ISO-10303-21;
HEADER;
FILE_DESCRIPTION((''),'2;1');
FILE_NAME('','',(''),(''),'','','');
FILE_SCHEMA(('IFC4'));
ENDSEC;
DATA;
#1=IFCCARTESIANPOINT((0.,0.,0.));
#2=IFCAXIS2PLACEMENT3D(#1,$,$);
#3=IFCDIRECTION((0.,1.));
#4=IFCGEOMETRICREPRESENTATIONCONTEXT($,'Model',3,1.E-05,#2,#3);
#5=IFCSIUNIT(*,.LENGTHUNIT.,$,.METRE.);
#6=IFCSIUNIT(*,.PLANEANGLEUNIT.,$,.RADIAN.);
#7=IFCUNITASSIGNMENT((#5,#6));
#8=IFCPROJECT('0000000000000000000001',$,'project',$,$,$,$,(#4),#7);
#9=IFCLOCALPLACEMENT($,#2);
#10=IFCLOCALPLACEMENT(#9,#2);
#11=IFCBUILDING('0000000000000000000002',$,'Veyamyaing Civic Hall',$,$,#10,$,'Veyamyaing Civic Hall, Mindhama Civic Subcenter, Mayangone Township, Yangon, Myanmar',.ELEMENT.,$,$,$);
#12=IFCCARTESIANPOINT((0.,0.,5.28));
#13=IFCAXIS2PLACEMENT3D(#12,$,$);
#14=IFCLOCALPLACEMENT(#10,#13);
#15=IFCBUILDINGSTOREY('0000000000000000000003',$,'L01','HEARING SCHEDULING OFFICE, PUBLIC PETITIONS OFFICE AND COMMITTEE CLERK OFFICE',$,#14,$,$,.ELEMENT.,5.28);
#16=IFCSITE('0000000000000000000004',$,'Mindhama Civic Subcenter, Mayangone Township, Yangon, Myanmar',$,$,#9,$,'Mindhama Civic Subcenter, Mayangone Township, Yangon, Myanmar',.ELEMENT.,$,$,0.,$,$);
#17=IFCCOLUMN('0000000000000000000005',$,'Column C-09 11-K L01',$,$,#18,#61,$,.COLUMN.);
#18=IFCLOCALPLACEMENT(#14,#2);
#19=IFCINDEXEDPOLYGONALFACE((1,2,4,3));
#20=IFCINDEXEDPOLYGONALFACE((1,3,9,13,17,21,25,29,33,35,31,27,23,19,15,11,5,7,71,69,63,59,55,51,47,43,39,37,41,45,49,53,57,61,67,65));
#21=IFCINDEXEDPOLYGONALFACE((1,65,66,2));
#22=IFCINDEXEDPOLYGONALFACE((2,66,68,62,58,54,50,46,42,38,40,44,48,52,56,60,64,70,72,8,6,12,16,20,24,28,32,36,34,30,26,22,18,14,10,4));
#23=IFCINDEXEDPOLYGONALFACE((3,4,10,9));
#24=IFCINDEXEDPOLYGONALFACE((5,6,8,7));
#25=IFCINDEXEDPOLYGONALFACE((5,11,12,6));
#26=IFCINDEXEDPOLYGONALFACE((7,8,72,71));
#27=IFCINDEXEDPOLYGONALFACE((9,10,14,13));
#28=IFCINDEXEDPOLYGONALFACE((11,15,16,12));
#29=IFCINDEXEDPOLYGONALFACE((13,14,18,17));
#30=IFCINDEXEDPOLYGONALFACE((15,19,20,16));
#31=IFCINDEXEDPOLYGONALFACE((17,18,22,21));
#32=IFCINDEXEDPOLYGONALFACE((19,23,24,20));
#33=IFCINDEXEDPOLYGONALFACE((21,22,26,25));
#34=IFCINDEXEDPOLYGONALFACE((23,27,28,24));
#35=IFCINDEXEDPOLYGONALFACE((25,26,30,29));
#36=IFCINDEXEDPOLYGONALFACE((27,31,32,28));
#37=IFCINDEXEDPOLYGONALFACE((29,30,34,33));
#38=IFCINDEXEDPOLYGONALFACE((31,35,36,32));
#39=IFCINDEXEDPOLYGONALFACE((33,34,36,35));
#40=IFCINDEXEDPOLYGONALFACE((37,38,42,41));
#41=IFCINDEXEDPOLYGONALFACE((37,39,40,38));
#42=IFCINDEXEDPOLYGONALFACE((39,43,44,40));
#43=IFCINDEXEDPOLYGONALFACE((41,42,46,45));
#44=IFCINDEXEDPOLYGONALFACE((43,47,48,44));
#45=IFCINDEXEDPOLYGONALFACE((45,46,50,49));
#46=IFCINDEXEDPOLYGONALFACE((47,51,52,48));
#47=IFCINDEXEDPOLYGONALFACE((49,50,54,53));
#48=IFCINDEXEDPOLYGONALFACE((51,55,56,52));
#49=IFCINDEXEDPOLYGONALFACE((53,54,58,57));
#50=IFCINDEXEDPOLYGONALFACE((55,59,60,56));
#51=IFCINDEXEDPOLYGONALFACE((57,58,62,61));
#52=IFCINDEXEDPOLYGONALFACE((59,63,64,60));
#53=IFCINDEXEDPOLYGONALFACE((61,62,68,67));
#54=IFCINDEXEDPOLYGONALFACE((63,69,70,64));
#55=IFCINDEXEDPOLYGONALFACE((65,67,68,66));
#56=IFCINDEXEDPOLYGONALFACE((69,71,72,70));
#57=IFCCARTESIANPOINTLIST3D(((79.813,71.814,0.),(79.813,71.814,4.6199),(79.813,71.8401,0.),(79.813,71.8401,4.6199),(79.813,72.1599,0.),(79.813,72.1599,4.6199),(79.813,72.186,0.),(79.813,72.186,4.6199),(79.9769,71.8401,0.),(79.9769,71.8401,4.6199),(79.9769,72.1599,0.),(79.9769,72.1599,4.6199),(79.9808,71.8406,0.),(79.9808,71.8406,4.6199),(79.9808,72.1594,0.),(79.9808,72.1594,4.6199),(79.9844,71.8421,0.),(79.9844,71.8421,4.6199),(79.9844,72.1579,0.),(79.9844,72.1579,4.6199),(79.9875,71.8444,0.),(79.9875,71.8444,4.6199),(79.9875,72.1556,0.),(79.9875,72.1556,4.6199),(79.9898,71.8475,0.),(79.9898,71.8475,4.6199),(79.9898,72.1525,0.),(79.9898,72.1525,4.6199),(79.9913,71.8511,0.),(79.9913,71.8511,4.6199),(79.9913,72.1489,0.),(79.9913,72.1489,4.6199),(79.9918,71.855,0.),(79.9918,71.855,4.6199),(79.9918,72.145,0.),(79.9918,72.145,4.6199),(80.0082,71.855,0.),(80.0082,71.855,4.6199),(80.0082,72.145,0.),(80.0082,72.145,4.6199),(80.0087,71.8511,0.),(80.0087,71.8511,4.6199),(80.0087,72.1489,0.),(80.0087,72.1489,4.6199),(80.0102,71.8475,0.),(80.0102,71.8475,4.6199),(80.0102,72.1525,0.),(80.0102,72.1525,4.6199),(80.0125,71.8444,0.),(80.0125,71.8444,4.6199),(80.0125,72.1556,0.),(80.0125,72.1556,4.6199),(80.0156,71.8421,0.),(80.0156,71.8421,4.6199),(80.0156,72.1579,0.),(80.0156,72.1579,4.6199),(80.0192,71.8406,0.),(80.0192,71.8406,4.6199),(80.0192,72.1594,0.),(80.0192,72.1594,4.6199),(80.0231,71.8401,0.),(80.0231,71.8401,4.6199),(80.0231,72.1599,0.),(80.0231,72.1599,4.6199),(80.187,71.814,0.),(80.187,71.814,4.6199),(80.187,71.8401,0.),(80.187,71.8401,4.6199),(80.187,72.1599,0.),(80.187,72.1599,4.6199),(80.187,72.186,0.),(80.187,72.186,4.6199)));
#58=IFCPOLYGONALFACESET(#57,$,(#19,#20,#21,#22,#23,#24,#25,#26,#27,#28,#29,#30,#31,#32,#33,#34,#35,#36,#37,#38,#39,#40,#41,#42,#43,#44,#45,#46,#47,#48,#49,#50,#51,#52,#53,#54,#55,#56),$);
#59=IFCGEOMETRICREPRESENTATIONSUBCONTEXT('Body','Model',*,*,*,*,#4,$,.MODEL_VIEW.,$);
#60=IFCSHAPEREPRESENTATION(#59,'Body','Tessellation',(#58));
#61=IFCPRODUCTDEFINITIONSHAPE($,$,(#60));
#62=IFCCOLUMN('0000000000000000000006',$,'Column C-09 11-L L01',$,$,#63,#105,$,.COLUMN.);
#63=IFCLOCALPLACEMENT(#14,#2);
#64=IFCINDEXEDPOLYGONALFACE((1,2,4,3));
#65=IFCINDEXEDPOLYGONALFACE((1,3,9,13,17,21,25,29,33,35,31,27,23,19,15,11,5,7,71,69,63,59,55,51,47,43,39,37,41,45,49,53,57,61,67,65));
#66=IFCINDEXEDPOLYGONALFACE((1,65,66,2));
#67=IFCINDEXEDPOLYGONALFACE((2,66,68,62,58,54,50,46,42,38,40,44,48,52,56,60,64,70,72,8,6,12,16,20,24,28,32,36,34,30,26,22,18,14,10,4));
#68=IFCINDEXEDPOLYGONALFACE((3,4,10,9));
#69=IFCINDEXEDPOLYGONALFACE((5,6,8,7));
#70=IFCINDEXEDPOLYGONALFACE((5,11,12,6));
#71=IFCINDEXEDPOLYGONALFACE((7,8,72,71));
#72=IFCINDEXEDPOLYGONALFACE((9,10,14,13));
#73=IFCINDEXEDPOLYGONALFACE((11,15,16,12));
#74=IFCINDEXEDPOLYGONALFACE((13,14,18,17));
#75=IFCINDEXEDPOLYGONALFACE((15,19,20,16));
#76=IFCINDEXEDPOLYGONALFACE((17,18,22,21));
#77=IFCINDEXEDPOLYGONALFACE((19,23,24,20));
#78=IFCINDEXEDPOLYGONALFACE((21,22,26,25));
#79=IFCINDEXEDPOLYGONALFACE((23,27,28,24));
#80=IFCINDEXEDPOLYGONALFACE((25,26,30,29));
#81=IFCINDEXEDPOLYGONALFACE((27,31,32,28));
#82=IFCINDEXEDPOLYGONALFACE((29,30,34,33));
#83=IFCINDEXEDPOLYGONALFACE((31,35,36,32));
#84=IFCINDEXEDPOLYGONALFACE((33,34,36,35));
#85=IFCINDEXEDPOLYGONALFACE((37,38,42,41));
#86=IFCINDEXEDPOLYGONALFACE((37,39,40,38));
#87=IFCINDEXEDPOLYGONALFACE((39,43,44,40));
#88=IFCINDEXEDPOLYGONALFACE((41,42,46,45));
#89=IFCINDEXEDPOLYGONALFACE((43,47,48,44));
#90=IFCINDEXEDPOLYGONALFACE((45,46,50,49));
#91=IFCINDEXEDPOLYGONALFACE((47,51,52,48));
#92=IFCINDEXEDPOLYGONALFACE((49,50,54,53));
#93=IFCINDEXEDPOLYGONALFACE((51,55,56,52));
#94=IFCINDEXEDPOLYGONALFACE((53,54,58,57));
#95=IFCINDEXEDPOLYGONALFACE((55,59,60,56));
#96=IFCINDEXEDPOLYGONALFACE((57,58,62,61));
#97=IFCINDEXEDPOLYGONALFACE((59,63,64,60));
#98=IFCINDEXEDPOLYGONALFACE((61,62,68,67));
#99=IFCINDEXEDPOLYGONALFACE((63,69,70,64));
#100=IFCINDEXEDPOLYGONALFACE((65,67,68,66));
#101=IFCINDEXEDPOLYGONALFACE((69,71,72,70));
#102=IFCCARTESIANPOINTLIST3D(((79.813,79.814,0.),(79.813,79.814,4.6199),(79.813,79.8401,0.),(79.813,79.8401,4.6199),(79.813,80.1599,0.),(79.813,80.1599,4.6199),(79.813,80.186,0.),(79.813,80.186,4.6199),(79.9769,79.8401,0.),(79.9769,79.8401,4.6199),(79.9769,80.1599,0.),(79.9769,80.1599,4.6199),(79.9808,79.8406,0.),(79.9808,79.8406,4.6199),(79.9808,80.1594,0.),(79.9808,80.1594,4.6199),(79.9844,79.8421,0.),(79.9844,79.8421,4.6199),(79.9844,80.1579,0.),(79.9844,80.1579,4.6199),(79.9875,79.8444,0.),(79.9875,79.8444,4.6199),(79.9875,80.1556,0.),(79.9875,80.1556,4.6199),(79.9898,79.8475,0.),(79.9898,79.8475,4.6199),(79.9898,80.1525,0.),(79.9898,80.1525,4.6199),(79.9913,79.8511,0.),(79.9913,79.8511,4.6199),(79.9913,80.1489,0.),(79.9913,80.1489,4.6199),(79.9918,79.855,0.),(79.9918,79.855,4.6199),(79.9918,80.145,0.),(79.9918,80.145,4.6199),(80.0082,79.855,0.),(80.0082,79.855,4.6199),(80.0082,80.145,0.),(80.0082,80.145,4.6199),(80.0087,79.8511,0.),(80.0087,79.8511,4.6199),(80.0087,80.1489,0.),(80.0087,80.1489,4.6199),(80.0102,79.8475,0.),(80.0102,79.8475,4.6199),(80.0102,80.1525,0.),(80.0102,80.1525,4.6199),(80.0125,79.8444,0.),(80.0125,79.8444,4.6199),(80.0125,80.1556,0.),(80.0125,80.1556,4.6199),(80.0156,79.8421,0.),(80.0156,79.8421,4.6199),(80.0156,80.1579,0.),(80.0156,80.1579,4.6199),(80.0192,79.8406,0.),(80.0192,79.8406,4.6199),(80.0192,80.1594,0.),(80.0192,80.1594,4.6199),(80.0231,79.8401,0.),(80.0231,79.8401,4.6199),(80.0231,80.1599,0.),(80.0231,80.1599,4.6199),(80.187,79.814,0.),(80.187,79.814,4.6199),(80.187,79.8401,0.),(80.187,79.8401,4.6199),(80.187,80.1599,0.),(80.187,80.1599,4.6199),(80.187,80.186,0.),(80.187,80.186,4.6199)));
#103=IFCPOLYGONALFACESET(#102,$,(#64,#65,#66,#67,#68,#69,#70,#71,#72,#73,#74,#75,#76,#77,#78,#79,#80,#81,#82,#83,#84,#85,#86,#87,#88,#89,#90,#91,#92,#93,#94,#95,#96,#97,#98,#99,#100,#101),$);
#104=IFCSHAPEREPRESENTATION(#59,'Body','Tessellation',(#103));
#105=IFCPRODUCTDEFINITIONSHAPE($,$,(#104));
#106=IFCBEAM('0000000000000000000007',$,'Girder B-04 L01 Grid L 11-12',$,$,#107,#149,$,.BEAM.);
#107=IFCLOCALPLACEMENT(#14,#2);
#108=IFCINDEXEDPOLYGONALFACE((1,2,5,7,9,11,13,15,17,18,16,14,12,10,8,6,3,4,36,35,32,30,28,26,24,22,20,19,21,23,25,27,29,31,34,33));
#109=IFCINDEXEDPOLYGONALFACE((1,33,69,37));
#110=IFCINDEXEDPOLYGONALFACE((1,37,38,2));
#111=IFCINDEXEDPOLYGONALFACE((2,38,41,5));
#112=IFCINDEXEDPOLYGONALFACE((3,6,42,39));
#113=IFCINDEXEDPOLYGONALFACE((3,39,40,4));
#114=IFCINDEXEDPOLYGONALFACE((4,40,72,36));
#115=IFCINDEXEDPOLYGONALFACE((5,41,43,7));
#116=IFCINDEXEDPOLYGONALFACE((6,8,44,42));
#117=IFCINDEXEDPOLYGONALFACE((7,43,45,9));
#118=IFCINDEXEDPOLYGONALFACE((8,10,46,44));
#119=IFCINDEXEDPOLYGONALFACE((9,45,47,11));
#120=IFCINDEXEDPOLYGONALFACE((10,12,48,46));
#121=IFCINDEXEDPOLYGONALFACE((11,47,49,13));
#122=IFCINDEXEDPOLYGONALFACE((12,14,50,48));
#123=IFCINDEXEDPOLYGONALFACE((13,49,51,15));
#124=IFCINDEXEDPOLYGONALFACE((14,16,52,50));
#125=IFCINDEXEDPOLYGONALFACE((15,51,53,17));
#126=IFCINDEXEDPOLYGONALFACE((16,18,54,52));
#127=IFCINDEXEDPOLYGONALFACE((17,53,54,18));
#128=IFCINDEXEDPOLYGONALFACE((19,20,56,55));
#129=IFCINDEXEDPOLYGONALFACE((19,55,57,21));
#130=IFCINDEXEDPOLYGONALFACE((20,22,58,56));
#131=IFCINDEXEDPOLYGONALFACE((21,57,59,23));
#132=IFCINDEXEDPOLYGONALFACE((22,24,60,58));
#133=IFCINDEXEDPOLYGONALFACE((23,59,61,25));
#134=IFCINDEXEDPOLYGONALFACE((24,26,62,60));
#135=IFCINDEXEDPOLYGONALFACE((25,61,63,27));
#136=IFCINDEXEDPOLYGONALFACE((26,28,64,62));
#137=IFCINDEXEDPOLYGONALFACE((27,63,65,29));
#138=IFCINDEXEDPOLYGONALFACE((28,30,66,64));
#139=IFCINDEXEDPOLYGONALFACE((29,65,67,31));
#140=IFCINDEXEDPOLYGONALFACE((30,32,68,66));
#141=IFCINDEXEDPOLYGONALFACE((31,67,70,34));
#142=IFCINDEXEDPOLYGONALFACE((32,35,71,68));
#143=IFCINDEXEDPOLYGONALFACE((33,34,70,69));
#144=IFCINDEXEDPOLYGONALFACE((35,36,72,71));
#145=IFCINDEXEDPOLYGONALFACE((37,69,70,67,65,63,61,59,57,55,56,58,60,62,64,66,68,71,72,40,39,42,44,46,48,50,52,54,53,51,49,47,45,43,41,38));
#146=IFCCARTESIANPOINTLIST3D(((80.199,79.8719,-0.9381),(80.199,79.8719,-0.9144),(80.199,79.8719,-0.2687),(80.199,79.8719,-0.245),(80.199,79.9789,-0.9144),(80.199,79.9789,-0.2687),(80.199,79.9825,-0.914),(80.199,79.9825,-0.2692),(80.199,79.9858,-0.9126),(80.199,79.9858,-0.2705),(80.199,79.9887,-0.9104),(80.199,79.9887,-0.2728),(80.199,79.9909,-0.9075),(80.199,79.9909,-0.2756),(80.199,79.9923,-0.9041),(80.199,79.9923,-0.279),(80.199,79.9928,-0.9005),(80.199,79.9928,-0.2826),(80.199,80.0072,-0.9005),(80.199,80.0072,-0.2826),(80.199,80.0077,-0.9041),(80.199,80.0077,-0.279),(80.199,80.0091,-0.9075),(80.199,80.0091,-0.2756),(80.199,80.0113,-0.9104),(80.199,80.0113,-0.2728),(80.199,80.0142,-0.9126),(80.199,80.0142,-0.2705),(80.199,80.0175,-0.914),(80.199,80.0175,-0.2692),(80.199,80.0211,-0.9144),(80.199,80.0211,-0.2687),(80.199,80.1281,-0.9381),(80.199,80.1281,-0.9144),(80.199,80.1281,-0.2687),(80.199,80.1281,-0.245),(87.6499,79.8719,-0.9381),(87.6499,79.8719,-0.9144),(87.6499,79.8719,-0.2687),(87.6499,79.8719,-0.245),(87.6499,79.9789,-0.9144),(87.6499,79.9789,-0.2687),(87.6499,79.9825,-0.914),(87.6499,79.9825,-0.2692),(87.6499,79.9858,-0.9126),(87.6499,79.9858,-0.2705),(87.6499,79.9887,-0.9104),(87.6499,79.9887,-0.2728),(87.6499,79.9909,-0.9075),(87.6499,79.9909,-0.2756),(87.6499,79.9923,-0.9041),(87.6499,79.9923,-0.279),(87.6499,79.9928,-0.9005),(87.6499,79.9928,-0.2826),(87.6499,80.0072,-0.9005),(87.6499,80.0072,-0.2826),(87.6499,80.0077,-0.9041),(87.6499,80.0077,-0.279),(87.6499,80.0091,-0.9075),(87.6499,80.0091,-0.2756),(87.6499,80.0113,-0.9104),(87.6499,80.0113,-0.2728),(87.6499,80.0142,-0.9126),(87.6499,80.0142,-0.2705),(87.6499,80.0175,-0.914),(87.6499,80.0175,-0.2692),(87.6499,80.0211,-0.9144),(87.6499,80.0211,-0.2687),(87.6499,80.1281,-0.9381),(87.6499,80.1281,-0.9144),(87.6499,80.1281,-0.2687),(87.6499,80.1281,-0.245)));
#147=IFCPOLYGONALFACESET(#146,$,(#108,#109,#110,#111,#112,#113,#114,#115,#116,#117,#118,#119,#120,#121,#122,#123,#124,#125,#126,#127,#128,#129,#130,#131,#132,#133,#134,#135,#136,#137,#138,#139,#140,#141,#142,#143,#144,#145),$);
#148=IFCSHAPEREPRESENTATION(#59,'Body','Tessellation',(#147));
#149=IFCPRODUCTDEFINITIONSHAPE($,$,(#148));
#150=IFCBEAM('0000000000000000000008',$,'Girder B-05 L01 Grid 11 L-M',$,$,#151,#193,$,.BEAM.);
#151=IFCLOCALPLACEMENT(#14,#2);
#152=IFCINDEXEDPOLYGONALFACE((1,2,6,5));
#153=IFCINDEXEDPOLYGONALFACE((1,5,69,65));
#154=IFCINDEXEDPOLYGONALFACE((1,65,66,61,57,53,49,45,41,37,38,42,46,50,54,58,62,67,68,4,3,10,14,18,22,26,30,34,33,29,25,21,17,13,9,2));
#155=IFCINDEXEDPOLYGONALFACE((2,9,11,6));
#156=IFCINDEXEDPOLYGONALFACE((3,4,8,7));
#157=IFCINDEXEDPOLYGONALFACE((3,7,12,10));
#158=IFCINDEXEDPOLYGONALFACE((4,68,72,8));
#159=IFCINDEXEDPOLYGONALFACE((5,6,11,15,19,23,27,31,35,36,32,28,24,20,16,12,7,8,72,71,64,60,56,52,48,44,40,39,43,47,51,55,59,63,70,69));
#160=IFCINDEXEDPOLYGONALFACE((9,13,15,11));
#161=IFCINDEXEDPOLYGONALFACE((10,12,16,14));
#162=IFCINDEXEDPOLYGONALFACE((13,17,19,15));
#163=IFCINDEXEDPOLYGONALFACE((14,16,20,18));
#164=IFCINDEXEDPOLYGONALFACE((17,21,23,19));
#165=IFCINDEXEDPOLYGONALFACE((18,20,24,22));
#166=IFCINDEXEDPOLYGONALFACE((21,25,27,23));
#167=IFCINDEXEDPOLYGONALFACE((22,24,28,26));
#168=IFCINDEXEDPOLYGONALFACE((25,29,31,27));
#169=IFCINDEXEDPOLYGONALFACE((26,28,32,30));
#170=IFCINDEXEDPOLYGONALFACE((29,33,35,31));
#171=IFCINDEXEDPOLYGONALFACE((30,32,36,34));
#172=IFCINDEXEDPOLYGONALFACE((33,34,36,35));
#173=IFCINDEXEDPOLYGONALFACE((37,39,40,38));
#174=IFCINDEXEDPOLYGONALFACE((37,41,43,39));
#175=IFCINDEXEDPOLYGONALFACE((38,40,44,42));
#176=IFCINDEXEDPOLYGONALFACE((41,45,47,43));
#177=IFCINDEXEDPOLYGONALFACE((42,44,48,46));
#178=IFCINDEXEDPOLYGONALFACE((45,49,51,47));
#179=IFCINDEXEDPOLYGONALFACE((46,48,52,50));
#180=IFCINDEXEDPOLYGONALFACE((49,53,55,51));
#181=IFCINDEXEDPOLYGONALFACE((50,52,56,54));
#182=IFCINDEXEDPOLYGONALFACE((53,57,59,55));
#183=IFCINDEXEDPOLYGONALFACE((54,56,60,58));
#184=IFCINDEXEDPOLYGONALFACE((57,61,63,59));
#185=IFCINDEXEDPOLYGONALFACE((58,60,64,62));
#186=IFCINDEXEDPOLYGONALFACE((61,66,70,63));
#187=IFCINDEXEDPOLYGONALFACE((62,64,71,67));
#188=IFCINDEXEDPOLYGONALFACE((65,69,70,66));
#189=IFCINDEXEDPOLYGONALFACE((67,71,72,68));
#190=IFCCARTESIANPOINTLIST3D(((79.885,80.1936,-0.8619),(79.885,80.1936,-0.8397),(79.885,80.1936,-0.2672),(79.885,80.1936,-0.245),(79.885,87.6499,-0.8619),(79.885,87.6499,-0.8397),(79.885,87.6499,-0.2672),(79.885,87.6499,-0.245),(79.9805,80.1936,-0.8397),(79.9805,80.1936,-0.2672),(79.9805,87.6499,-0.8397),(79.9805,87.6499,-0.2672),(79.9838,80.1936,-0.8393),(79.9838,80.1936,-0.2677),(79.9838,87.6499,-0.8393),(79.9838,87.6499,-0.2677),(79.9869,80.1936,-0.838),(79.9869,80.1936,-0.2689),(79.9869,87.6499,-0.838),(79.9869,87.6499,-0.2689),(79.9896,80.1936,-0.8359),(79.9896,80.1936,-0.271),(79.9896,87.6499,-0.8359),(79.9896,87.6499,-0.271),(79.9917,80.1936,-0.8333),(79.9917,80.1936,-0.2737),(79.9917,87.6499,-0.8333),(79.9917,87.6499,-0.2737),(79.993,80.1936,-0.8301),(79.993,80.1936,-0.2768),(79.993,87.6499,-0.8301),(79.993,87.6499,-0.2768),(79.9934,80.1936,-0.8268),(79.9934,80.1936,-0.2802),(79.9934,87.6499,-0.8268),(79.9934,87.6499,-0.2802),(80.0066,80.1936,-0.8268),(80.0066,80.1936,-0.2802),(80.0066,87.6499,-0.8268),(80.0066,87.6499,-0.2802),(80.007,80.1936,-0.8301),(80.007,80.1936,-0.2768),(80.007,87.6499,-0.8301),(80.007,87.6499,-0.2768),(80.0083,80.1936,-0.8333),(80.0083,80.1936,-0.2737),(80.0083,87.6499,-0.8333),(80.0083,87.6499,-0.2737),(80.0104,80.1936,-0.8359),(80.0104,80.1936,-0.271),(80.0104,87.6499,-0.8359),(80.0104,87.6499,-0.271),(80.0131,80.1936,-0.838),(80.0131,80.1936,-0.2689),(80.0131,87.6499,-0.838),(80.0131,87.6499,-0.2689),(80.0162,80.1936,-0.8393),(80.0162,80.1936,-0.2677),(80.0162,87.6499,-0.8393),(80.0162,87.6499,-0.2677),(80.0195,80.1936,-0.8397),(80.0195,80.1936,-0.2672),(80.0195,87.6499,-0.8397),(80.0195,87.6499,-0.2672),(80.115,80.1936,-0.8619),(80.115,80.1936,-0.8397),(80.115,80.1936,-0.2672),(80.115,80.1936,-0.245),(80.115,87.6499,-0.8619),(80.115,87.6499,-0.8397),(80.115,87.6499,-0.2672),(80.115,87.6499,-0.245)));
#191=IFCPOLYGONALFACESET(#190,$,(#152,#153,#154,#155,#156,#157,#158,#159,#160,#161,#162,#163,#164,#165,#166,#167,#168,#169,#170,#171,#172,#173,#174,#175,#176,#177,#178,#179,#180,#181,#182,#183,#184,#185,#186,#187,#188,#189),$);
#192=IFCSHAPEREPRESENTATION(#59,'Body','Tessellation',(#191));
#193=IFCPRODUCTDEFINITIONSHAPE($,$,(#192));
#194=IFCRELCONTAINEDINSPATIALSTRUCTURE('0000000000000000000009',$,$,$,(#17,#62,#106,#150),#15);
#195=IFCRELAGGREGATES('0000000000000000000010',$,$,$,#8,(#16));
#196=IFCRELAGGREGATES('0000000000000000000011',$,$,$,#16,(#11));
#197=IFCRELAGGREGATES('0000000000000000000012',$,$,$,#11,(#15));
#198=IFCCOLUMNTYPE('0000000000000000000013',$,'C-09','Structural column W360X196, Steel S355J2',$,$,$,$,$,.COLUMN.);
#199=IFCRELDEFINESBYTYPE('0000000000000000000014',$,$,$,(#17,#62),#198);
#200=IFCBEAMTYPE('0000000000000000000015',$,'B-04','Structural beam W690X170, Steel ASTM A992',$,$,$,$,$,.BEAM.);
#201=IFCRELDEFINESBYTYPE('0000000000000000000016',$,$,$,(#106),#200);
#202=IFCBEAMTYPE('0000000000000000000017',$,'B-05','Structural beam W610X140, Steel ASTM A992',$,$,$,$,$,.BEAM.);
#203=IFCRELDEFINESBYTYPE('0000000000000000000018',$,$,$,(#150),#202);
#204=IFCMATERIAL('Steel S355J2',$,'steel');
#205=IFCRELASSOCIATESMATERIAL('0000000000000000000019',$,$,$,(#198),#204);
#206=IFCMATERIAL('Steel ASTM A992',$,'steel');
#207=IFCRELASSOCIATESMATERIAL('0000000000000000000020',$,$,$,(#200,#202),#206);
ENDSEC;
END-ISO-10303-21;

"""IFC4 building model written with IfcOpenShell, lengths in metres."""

from ifc_helpers import new_model, si_unit, direction, frame, origin, origin_2d, place, context, subcontext, project, spatial, i_section, extrude, material, material_profile, profile_set, type_object, element, save


model = new_model("IFC4")

# Units and contexts
model_context = context("Model", 3, precision=1e-05, world=origin(), true_north=direction((0.0, 1.0)))
body_context = subcontext(model_context, "Body", "Model", "MODEL_VIEW")
ifc_project = project(units=[si_unit("LENGTHUNIT", "METRE"), si_unit("PLANEANGLEUNIT", "RADIAN")], contexts=[model_context])

# Site, building, storey
site_placement = place(None, origin())
site = spatial("IfcSite", under=ifc_project, at=site_placement, Name="Mindhama Civic Subcenter, Mayangone Township, Yangon, Myanmar", LongName="Mindhama Civic Subcenter, Mayangone Township, Yangon, Myanmar", CompositionType="ELEMENT", RefElevation=0.0)
building_placement = place(site_placement, origin())
building = spatial("IfcBuilding", under=site, at=building_placement, Name="Veyamyaing Civic Hall", LongName="Veyamyaing Civic Hall, Mindhama Civic Subcenter, Mayangone Township, Yangon, Myanmar", CompositionType="ELEMENT")
storey_placement = place(building_placement, frame((0.0, 0.0, 5.28)))
storey = spatial("IfcBuildingStorey", under=building, at=storey_placement, Name="L01", Description="HEARING SCHEDULING OFFICE, PUBLIC PETITIONS OFFICE AND COMMITTEE CLERK OFFICE", CompositionType="ELEMENT", Elevation=5.28)

# Columns
ifc_material_1 = material(Name="Steel S355J2", Category="steel")
ifc_material_profile_1 = material_profile(ifc_material_1, i_section(OverallWidth=0.374, OverallDepth=0.3721, WebThickness=0.0164, FlangeThickness=0.0261, FilletRadius=0.0149, at=origin_2d()), Name="W360X196")
ifc_profile_set_1 = profile_set([ifc_material_profile_1], Name="Steel S355J2")
column_type = type_object("IfcColumnType", Name="C-09", Description="Structural column W360X196, Steel S355J2", PredefinedType="COLUMN", material=ifc_profile_set_1)
for number, where, z_axis, x_axis, name in (
    (1, (80.0, 72.0, 0.0), (0.0, 0.0, 1.0), (1.0, 0.0, 0.0), "Column C-09 11-K L01"),
    (2, (80.0, 80.0, 0.0), (0.0, 0.0, 1.0), (1.0, 0.0, 0.0), "Column C-09 11-L L01"),
):
    element("IfcColumn", number, at=place(storey_placement, frame(where, z_axis=z_axis, x_axis=x_axis)), inside=storey, type_object=column_type, Name=name, PredefinedType="COLUMN", context=body_context, shape_type="SweptSolid", body=[
        extrude(i_section(OverallWidth=0.374, OverallDepth=0.3721, WebThickness=0.0164, FlangeThickness=0.0261, FilletRadius=0.0149, at=origin_2d()), origin(), (0.0, 0.0, 1.0), 4.6199),
    ])

# Beams
ifc_material_2 = material(Name="Steel ASTM A992", Category="steel")
ifc_material_profile_2 = material_profile(ifc_material_2, i_section(OverallWidth=0.2561, OverallDepth=0.6931, WebThickness=0.0144, FlangeThickness=0.0237, FilletRadius=0.0139, at=origin_2d()), Name="W690X170")
ifc_profile_set_2 = profile_set([ifc_material_profile_2], Name="Steel ASTM A992")
beam_type_1 = type_object("IfcBeamType", Name="B-04", Description="Structural beam W690X170, Steel ASTM A992", PredefinedType="BEAM", material=ifc_profile_set_2)
beam_1_placement = place(storey_placement, frame((80.199, 80.0, -0.5916), z_axis=(1.0, 0.0, 0.0), x_axis=(0.0, 1.0, 0.0)))
element("IfcBeam", 3, at=beam_1_placement, inside=storey, type_object=beam_type_1, Name="Girder B-04 L01 Grid L 11-12", PredefinedType="BEAM", context=body_context, shape_type="SweptSolid", body=[
    extrude(i_section(OverallWidth=0.2561, OverallDepth=0.6931, WebThickness=0.0144, FlangeThickness=0.0237, FilletRadius=0.0139, at=origin_2d()), origin(), (0.0, 0.0, 1.0), 7.4509),
])
ifc_material_profile_3 = material_profile(ifc_material_2, i_section(OverallWidth=0.23, OverallDepth=0.6169, WebThickness=0.0132, FlangeThickness=0.0222, FilletRadius=0.0129, at=origin_2d()), Name="W610X140")
ifc_profile_set_3 = profile_set([ifc_material_profile_3], Name="Steel ASTM A992")
beam_type_2 = type_object("IfcBeamType", Name="B-05", Description="Structural beam W610X140, Steel ASTM A992", PredefinedType="BEAM", material=ifc_profile_set_3)
beam_2_placement = place(storey_placement, frame((80.0, 80.1936, -0.5535), z_axis=(0.0, 1.0, 0.0), x_axis=(-1.0, 0.0, 0.0)))
element("IfcBeam", 4, at=beam_2_placement, inside=storey, type_object=beam_type_2, Name="Girder B-05 L01 Grid 11 L-M", PredefinedType="BEAM", context=body_context, shape_type="SweptSolid", body=[
    extrude(i_section(OverallWidth=0.23, OverallDepth=0.6169, WebThickness=0.0132, FlangeThickness=0.0222, FilletRadius=0.0129, at=origin_2d()), origin(), (0.0, 0.0, 1.0), 7.4563),
])

save(model, "model.ifc")
